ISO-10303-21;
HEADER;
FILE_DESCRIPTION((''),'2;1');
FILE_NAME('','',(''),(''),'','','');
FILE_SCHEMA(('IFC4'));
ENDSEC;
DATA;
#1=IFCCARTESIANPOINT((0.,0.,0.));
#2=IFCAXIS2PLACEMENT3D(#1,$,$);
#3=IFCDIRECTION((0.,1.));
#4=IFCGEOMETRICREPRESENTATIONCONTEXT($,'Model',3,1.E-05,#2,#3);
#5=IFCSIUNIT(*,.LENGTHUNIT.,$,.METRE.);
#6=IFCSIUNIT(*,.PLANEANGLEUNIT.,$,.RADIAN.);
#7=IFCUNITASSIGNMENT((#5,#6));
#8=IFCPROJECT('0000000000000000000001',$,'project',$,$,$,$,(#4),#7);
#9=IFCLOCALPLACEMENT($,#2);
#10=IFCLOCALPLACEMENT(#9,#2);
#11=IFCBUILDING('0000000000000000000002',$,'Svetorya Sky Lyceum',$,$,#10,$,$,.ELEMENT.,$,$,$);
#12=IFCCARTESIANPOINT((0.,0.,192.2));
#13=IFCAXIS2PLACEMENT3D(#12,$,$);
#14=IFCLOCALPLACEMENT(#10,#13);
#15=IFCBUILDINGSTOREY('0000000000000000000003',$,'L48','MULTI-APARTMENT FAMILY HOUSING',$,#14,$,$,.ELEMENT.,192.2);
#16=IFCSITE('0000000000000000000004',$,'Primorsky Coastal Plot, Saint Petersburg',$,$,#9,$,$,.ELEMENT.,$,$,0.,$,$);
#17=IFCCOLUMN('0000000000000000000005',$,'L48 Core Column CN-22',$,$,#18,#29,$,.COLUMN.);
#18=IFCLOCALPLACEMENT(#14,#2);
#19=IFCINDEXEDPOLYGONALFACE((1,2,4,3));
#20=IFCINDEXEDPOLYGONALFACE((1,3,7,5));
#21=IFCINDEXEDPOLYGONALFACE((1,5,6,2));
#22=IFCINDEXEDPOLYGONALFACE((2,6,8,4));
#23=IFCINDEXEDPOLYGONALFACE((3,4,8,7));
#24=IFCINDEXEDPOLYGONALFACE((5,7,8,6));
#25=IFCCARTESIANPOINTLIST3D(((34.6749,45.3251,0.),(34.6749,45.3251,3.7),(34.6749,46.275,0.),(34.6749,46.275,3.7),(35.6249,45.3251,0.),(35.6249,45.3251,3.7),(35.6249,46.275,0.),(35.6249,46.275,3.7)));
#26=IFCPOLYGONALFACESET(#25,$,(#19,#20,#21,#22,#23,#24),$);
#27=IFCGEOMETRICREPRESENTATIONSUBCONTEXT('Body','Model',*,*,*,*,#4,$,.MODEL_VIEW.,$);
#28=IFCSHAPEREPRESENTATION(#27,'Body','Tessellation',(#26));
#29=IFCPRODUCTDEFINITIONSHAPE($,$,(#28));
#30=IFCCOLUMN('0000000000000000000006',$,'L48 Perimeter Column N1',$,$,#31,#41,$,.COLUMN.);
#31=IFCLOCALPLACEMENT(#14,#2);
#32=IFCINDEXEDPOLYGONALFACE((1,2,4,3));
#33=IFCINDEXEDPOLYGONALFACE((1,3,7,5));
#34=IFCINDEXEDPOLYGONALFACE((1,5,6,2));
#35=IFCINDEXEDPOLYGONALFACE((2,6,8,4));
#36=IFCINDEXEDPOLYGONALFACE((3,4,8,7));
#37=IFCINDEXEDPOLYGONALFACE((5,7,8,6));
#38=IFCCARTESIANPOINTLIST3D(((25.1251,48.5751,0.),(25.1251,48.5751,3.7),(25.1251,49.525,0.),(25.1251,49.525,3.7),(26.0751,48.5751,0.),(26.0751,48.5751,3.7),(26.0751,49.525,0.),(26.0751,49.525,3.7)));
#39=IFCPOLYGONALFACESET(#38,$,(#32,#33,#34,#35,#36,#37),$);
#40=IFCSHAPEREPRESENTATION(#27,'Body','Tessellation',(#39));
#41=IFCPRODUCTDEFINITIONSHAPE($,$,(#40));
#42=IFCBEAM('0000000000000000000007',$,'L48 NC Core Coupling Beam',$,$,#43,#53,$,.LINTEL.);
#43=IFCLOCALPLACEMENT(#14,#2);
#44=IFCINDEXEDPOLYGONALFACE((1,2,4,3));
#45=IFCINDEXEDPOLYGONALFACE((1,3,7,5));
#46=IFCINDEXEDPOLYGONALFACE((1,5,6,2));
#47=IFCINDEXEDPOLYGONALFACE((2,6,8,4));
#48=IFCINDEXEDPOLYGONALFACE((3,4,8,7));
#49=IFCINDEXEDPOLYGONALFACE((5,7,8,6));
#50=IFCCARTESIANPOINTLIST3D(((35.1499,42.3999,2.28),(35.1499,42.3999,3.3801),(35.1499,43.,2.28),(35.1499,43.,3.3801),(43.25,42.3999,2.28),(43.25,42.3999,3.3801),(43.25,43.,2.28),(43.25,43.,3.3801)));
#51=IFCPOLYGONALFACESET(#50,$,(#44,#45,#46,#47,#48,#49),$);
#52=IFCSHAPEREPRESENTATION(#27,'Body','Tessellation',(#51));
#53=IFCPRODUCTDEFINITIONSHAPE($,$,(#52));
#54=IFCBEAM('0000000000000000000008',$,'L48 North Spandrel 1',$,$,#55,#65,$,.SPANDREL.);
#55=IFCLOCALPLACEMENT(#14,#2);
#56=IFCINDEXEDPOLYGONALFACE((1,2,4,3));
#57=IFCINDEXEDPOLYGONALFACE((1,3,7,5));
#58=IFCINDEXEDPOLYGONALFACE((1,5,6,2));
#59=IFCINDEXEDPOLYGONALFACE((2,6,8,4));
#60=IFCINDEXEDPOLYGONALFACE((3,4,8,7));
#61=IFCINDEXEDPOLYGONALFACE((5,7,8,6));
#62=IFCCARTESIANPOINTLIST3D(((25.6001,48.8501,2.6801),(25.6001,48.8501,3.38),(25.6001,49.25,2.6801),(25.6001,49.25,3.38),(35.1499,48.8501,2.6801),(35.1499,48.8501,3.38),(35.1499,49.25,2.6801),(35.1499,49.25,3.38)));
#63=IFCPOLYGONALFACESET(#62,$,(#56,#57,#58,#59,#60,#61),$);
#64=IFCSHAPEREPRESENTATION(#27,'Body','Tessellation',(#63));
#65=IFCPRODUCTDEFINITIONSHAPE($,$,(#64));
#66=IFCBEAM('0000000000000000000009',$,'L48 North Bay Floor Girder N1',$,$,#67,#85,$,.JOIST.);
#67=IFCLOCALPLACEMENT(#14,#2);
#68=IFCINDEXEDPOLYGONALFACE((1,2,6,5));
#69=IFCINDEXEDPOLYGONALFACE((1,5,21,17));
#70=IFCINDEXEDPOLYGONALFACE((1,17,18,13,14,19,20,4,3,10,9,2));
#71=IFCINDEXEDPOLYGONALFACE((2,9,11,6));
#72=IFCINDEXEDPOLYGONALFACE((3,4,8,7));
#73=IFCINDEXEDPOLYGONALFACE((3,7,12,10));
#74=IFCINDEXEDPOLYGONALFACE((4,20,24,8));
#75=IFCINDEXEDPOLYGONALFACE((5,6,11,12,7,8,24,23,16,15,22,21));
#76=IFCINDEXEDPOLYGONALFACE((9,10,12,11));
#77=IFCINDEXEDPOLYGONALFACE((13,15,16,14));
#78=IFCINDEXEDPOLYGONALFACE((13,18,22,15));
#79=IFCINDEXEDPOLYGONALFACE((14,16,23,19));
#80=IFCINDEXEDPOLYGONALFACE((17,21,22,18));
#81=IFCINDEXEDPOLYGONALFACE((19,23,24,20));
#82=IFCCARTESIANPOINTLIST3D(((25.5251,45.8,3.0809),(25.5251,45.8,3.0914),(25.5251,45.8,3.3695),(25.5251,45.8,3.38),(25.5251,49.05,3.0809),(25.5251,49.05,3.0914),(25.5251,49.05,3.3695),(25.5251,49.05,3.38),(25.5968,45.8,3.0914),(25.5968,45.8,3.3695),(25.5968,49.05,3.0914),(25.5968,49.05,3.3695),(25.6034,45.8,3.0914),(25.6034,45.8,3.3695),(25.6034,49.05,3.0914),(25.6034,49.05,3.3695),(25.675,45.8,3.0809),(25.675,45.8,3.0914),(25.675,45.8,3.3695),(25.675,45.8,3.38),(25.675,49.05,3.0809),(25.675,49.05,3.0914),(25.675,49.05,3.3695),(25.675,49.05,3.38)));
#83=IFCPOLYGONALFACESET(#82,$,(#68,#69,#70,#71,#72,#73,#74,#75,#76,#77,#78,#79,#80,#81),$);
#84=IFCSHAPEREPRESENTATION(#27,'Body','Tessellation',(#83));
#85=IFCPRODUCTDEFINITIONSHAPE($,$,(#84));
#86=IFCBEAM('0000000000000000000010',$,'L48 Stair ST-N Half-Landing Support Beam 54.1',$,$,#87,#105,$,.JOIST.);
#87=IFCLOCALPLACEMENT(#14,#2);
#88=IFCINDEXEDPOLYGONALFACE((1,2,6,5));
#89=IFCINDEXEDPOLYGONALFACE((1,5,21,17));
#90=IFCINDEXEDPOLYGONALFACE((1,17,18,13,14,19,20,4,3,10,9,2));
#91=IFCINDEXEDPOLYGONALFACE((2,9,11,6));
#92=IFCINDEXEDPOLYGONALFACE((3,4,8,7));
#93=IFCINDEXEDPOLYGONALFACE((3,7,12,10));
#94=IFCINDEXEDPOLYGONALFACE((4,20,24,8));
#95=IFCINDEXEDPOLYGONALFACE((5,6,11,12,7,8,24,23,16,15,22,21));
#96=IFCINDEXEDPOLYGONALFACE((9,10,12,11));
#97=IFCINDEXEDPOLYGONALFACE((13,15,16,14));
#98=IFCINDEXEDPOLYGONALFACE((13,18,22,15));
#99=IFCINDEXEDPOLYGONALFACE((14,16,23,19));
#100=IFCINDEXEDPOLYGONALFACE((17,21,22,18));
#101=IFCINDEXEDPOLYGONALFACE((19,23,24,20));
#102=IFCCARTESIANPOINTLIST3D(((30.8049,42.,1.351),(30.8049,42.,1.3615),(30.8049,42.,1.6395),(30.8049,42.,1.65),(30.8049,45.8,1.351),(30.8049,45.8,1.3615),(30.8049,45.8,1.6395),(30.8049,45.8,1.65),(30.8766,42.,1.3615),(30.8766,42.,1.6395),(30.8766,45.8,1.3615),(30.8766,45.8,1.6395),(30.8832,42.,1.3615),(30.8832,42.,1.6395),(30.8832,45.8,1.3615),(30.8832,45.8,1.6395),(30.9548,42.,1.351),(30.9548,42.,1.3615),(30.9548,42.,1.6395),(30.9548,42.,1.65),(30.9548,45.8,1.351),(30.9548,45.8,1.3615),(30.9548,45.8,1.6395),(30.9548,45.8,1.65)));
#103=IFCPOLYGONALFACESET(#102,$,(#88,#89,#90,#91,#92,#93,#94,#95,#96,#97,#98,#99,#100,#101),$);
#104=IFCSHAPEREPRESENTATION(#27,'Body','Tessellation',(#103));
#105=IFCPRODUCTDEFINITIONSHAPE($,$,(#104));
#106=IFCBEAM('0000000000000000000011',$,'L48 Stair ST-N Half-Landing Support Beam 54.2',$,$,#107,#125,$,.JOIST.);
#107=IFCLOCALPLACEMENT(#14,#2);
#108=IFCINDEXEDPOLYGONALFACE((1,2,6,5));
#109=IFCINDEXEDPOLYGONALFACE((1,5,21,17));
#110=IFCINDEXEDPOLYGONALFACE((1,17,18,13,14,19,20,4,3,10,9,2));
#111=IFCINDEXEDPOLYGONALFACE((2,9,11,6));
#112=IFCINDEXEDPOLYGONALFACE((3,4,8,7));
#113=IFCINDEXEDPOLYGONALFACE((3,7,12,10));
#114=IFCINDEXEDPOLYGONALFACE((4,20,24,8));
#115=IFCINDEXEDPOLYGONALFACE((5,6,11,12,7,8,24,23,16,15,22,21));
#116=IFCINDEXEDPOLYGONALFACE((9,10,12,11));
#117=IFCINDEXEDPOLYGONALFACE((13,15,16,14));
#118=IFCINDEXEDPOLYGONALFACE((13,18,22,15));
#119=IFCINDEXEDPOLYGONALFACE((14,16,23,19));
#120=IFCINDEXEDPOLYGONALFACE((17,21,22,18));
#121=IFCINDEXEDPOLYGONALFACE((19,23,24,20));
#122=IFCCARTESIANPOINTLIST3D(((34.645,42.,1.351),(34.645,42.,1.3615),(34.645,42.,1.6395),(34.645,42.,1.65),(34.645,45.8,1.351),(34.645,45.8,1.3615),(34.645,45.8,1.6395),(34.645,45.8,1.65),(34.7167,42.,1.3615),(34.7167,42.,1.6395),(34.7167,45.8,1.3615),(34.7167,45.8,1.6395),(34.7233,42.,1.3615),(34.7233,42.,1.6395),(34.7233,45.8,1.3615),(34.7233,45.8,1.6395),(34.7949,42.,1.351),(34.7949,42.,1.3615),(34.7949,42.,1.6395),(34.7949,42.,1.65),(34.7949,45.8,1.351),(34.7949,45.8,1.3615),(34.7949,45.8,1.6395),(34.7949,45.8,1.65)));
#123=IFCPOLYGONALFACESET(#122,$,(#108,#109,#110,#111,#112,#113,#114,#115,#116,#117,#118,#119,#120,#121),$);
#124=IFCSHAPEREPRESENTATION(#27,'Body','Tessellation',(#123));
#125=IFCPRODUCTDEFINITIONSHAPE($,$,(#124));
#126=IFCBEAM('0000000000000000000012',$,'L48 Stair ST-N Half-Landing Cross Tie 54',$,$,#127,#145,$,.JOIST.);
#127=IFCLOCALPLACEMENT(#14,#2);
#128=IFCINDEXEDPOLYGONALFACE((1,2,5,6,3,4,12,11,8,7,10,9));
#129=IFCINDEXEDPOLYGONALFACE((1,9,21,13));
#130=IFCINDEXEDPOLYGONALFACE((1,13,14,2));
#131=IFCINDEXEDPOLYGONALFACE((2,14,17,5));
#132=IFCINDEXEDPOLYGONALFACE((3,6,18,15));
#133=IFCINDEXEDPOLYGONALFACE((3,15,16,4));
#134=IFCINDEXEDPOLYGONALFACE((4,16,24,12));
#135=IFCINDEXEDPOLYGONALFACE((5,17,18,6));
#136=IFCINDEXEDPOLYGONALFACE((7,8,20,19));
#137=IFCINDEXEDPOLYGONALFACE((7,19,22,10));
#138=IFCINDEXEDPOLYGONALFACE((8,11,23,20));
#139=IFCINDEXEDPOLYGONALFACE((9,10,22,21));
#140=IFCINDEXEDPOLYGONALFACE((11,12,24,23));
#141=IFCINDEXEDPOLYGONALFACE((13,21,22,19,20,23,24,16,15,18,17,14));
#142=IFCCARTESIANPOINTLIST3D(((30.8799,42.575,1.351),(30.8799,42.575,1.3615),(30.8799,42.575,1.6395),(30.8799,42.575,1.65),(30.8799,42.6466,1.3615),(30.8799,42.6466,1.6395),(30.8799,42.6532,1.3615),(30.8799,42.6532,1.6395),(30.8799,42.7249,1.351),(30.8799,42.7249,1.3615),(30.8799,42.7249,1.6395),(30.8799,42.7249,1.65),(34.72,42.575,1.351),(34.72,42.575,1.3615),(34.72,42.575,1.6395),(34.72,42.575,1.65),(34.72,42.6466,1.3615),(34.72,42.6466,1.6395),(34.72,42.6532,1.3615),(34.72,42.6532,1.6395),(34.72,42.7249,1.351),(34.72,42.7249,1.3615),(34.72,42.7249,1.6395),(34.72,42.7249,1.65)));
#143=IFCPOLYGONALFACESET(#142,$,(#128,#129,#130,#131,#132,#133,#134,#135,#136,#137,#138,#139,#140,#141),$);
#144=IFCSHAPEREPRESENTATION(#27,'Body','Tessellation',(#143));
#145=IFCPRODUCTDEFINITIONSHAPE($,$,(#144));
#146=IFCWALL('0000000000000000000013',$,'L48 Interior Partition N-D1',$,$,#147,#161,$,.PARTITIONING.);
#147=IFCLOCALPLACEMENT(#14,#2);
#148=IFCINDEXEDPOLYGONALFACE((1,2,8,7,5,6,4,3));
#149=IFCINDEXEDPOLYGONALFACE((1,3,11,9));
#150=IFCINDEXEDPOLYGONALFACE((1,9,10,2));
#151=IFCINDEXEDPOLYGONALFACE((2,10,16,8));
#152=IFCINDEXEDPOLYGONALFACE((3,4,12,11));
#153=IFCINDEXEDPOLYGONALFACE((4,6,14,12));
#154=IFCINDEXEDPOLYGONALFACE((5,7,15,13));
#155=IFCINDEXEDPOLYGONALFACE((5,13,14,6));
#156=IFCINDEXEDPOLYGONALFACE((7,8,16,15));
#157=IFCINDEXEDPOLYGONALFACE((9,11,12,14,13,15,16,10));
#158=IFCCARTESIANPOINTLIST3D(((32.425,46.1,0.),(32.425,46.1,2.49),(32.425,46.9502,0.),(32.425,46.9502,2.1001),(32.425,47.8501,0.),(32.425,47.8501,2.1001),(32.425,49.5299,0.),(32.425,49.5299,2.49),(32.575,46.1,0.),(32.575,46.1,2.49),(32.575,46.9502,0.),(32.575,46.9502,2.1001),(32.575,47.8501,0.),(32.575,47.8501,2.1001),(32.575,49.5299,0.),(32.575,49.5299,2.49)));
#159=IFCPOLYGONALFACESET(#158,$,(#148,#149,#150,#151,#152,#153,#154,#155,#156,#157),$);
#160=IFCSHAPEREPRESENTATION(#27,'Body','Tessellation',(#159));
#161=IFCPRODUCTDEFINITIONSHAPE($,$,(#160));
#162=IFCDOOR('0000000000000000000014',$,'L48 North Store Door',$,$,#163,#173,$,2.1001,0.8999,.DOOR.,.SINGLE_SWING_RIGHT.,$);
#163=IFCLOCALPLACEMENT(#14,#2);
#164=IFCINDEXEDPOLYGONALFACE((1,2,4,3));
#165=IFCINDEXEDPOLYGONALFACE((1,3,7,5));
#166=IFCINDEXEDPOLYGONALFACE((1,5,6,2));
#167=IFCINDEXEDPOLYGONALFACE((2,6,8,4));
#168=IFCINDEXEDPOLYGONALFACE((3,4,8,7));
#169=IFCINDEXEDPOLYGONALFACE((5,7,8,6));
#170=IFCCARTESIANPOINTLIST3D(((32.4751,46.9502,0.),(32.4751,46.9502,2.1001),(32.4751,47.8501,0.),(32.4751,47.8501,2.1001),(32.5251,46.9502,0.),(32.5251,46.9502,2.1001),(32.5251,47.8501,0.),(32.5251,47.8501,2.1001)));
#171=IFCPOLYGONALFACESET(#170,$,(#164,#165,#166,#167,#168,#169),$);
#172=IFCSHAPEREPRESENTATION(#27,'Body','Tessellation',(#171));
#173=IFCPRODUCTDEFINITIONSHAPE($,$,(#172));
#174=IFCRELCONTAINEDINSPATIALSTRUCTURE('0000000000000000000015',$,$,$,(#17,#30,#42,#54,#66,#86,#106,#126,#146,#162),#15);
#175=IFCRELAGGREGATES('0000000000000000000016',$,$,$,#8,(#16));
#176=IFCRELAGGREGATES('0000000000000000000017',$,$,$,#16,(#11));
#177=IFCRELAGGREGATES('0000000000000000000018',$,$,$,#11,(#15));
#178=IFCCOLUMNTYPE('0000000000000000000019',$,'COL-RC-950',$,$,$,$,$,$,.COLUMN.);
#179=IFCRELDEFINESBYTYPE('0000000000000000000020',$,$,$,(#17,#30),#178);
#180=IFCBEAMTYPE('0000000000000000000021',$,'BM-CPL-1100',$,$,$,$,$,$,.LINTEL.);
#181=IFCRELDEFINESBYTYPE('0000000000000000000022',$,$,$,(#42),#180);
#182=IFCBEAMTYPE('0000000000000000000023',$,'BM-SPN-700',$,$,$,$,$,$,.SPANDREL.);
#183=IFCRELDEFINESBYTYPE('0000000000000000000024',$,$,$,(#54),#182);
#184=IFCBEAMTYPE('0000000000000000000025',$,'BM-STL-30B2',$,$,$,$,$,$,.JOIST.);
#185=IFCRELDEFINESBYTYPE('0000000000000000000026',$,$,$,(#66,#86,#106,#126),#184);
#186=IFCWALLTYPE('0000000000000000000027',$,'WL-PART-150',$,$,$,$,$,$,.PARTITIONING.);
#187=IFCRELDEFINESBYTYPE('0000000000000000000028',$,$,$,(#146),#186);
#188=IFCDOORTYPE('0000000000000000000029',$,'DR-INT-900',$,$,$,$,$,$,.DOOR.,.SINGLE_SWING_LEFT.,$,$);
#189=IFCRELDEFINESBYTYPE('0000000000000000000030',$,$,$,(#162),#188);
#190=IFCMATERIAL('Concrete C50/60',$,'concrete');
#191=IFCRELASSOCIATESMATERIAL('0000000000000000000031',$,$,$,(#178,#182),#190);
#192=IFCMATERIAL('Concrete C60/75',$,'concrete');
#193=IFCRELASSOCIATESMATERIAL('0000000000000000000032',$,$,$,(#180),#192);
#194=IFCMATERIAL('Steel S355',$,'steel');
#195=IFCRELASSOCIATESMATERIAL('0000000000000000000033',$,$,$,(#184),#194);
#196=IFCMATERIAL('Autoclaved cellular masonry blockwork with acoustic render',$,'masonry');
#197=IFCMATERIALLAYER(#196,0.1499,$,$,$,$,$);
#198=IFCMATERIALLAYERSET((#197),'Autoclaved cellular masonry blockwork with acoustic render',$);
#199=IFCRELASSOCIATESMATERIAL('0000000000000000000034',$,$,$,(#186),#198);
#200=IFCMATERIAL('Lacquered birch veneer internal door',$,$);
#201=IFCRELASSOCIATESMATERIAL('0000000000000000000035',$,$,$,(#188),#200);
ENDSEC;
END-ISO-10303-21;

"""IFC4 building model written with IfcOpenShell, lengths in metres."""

from ifc_helpers import new_model, si_unit, direction, frame, frame_2d, origin, origin_2d, place, context, subcontext, project, spatial, rectangle, i_section, extrude, material, layer, layer_set, material_profile, profile_set, type_object, element, fill, save


model = new_model("IFC4")

# Units and contexts
model_context = context("Model", 3, precision=1e-05, world=origin(), true_north=direction((0.0, 1.0)))
body_context = subcontext(model_context, "Body", "Model", "MODEL_VIEW")
ifc_project = project(units=[si_unit("LENGTHUNIT", "METRE"), si_unit("PLANEANGLEUNIT", "RADIAN")], contexts=[model_context])

# Site, building, storey
site_placement = place(None, origin())
site = spatial("IfcSite", under=ifc_project, at=site_placement, Name="Primorsky Coastal Plot, Saint Petersburg", CompositionType="ELEMENT", RefElevation=0.0)
building_placement = place(site_placement, origin())
building = spatial("IfcBuilding", under=site, at=building_placement, Name="Svetorya Sky Lyceum", CompositionType="ELEMENT")
storey_placement = place(building_placement, frame((0.0, 0.0, 192.2)))
storey = spatial("IfcBuildingStorey", under=building, at=storey_placement, Name="L48", Description="MULTI-APARTMENT FAMILY HOUSING", CompositionType="ELEMENT", Elevation=192.2)

# Columns
ifc_material_1 = material(Name="Concrete C50/60", Category="concrete")
ifc_material_profile_1 = material_profile(ifc_material_1, rectangle(XDim=0.95, YDim=0.95, at=origin_2d()), Name="RC COL 950x950")
ifc_profile_set_1 = profile_set([ifc_material_profile_1], Name="Concrete C50/60")
column_type = type_object("IfcColumnType", Name="COL-RC-950", PredefinedType="COLUMN", material=ifc_profile_set_1)
for number, where, z_axis, x_axis, name in (
    (1, (35.1499, 45.8, 0.0), (0.0, 0.0, 1.0), (1.0, 0.0, 0.0), "L48 Core Column CN-22"),
    (2, (25.6001, 49.05, 0.0), (0.0, 0.0, 1.0), (1.0, 0.0, 0.0), "L48 Perimeter Column N1"),
):
    element("IfcColumn", number, at=place(storey_placement, frame(where, z_axis=z_axis, x_axis=x_axis)), inside=storey, type_object=column_type, Name=name, PredefinedType="COLUMN", context=body_context, shape_type="SweptSolid", body=[
        extrude(rectangle(XDim=0.95, YDim=0.95, at=origin_2d()), origin(), (0.0, 0.0, 1.0), 3.7),
    ])

# Beams
ifc_material_2 = material(Name="Concrete C60/75", Category="concrete")
ifc_material_profile_2 = material_profile(ifc_material_2, rectangle(XDim=0.6001, YDim=1.1001, at=origin_2d()), Name="RC COUPLING 600x1100")
ifc_profile_set_2 = profile_set([ifc_material_profile_2], Name="Concrete C60/75")
beam_type_1 = type_object("IfcBeamType", Name="BM-CPL-1100", PredefinedType="LINTEL", material=ifc_profile_set_2)
beam_1_placement = place(storey_placement, frame((35.1499, 42.7, 2.8301), z_axis=(1.0, 0.0, 0.0), x_axis=(0.0, 1.0, 0.0)))
element("IfcBeam", 3, at=beam_1_placement, inside=storey, type_object=beam_type_1, Name="L48 NC Core Coupling Beam", PredefinedType="LINTEL", context=body_context, shape_type="SweptSolid", body=[
    extrude(rectangle(XDim=0.6001, YDim=1.1001, at=origin_2d()), origin(), (0.0, 0.0, 1.0), 8.1001),
])
ifc_material_profile_3 = material_profile(ifc_material_1, rectangle(XDim=0.3999, YDim=0.7, at=origin_2d()), Name="RC SPANDREL 400x700")
ifc_profile_set_3 = profile_set([ifc_material_profile_3], Name="Concrete C50/60")
beam_type_2 = type_object("IfcBeamType", Name="BM-SPN-700", PredefinedType="SPANDREL", material=ifc_profile_set_3)
beam_2_placement = place(storey_placement, frame((25.6001, 49.05, 3.03), z_axis=(1.0, 0.0, 0.0), x_axis=(0.0, 1.0, 0.0)))
element("IfcBeam", 4, at=beam_2_placement, inside=storey, type_object=beam_type_2, Name="L48 North Spandrel 1", PredefinedType="SPANDREL", context=body_context, shape_type="SweptSolid", body=[
    extrude(rectangle(XDim=0.3999, YDim=0.7, at=origin_2d()), origin(), (0.0, 0.0, 1.0), 9.5498),
])
ifc_material_3 = material(Name="Steel S355", Category="steel")
ifc_material_profile_4 = material_profile(ifc_material_3, i_section(OverallWidth=0.1499, OverallDepth=0.2991, WebThickness=0.0066, FlangeThickness=0.0105, at=origin_2d()), Name="GOST 30B2")
ifc_profile_set_4 = profile_set([ifc_material_profile_4], Name="Steel S355")
beam_type_3 = type_object("IfcBeamType", Name="BM-STL-30B2", PredefinedType="JOIST", material=ifc_profile_set_4)
beam_3_placement = place(storey_placement, frame((25.6001, 45.8, 3.2305), z_axis=(0.0, 1.0, 0.0), x_axis=(-1.0, 0.0, 0.0)))
element("IfcBeam", 5, at=beam_3_placement, inside=storey, type_object=beam_type_3, Name="L48 North Bay Floor Girder N1", PredefinedType="JOIST", context=body_context, shape_type="SweptSolid", body=[
    extrude(i_section(OverallWidth=0.1499, OverallDepth=0.2991, WebThickness=0.0066, FlangeThickness=0.0105, at=origin_2d()), origin(), (0.0, 0.0, 1.0), 3.25),
])
for number, where, z_axis, x_axis, name in (
    (6, (30.8799, 42.0, 1.5005), (0.0, 1.0, 0.0), (-1.0, 0.0, 0.0), "L48 Stair ST-N Half-Landing Support Beam 54.1"),
    (7, (34.72, 42.0, 1.5005), (0.0, 1.0, 0.0), (-1.0, 0.0, 0.0), "L48 Stair ST-N Half-Landing Support Beam 54.2"),
):
    element("IfcBeam", number, at=place(storey_placement, frame(where, z_axis=z_axis, x_axis=x_axis)), inside=storey, type_object=beam_type_3, Name=name, PredefinedType="JOIST", context=body_context, shape_type="SweptSolid", body=[
        extrude(i_section(OverallWidth=0.1499, OverallDepth=0.2991, WebThickness=0.0066, FlangeThickness=0.0105, at=origin_2d()), origin(), (0.0, 0.0, 1.0), 3.8),
    ])
beam_4_placement = place(storey_placement, frame((30.8799, 42.6499, 1.5005), z_axis=(1.0, 0.0, 0.0), x_axis=(0.0, 1.0, 0.0)))
element("IfcBeam", 8, at=beam_4_placement, inside=storey, type_object=beam_type_3, Name="L48 Stair ST-N Half-Landing Cross Tie 54", PredefinedType="JOIST", context=body_context, shape_type="SweptSolid", body=[
    extrude(i_section(OverallWidth=0.1499, OverallDepth=0.2991, WebThickness=0.0066, FlangeThickness=0.0105, at=origin_2d()), origin(), (0.0, 0.0, 1.0), 3.8401),
])

# Wall, opening, door
ifc_material_4 = material(Name="Autoclaved cellular masonry blockwork with acoustic render", Category="masonry")
ifc_layer = layer(ifc_material_4, 0.1499)
ifc_layer_set = layer_set([ifc_layer], Name="Autoclaved cellular masonry blockwork with acoustic render")
wall_type = type_object("IfcWallType", Name="WL-PART-150", PredefinedType="PARTITIONING", material=ifc_layer_set)
wall_placement = place(storey_placement, frame((32.5, 46.1001, 0.0), z_axis=(0.0, 0.0, 1.0), x_axis=(0.0, 1.0, 0.0)))
wall = element("IfcWall", 9, at=wall_placement, inside=storey, type_object=wall_type, Name="L48 Interior Partition N-D1", PredefinedType="PARTITIONING", context=body_context, shape_type="SweptSolid", body=[
    extrude(rectangle(XDim=3.4299, YDim=0.1499, at=frame_2d((1.7148, 0.0))), origin(), (0.0, 0.0, 1.0), 2.49),
])
opening_placement = place(wall_placement, frame((0.8501, 0.0, 0.0)))
opening = element("IfcOpeningElement", 10, at=opening_placement, cuts=wall, PredefinedType="OPENING", context=body_context, shape_type="SweptSolid", body=[
    extrude(rectangle(XDim=0.8999, YDim=2.1001, at=frame_2d((0.45, 1.05))), frame((0.0, 0.085, 0.0), z_axis=(0.0, -1.0, 0.0), x_axis=(1.0, 0.0, 0.0)), (0.0, 0.0, 1.0), 0.1699),
])
ifc_material_5 = material(Name="Lacquered birch veneer internal door")
door_type = type_object("IfcDoorType", Name="DR-INT-900", OperationType="SINGLE_SWING_LEFT", PredefinedType="DOOR", material=ifc_material_5)
door_placement = place(opening_placement, origin())
door = element("IfcDoor", 11, at=door_placement, inside=storey, type_object=door_type, Name="L48 North Store Door", OperationType="SINGLE_SWING_RIGHT", OverallHeight=2.1001, OverallWidth=0.8999, PredefinedType="DOOR", context=body_context, shape_type="SweptSolid", body=[
    extrude(rectangle(XDim=0.8999, YDim=2.1001, at=frame_2d((0.45, 1.05))), frame((0.0, 0.0249, 0.0), z_axis=(0.0, -1.0, 0.0), x_axis=(1.0, 0.0, 0.0)), (0.0, 0.0, 1.0), 0.05),
])
fill(opening, door)

save(model, "model.ifc")
